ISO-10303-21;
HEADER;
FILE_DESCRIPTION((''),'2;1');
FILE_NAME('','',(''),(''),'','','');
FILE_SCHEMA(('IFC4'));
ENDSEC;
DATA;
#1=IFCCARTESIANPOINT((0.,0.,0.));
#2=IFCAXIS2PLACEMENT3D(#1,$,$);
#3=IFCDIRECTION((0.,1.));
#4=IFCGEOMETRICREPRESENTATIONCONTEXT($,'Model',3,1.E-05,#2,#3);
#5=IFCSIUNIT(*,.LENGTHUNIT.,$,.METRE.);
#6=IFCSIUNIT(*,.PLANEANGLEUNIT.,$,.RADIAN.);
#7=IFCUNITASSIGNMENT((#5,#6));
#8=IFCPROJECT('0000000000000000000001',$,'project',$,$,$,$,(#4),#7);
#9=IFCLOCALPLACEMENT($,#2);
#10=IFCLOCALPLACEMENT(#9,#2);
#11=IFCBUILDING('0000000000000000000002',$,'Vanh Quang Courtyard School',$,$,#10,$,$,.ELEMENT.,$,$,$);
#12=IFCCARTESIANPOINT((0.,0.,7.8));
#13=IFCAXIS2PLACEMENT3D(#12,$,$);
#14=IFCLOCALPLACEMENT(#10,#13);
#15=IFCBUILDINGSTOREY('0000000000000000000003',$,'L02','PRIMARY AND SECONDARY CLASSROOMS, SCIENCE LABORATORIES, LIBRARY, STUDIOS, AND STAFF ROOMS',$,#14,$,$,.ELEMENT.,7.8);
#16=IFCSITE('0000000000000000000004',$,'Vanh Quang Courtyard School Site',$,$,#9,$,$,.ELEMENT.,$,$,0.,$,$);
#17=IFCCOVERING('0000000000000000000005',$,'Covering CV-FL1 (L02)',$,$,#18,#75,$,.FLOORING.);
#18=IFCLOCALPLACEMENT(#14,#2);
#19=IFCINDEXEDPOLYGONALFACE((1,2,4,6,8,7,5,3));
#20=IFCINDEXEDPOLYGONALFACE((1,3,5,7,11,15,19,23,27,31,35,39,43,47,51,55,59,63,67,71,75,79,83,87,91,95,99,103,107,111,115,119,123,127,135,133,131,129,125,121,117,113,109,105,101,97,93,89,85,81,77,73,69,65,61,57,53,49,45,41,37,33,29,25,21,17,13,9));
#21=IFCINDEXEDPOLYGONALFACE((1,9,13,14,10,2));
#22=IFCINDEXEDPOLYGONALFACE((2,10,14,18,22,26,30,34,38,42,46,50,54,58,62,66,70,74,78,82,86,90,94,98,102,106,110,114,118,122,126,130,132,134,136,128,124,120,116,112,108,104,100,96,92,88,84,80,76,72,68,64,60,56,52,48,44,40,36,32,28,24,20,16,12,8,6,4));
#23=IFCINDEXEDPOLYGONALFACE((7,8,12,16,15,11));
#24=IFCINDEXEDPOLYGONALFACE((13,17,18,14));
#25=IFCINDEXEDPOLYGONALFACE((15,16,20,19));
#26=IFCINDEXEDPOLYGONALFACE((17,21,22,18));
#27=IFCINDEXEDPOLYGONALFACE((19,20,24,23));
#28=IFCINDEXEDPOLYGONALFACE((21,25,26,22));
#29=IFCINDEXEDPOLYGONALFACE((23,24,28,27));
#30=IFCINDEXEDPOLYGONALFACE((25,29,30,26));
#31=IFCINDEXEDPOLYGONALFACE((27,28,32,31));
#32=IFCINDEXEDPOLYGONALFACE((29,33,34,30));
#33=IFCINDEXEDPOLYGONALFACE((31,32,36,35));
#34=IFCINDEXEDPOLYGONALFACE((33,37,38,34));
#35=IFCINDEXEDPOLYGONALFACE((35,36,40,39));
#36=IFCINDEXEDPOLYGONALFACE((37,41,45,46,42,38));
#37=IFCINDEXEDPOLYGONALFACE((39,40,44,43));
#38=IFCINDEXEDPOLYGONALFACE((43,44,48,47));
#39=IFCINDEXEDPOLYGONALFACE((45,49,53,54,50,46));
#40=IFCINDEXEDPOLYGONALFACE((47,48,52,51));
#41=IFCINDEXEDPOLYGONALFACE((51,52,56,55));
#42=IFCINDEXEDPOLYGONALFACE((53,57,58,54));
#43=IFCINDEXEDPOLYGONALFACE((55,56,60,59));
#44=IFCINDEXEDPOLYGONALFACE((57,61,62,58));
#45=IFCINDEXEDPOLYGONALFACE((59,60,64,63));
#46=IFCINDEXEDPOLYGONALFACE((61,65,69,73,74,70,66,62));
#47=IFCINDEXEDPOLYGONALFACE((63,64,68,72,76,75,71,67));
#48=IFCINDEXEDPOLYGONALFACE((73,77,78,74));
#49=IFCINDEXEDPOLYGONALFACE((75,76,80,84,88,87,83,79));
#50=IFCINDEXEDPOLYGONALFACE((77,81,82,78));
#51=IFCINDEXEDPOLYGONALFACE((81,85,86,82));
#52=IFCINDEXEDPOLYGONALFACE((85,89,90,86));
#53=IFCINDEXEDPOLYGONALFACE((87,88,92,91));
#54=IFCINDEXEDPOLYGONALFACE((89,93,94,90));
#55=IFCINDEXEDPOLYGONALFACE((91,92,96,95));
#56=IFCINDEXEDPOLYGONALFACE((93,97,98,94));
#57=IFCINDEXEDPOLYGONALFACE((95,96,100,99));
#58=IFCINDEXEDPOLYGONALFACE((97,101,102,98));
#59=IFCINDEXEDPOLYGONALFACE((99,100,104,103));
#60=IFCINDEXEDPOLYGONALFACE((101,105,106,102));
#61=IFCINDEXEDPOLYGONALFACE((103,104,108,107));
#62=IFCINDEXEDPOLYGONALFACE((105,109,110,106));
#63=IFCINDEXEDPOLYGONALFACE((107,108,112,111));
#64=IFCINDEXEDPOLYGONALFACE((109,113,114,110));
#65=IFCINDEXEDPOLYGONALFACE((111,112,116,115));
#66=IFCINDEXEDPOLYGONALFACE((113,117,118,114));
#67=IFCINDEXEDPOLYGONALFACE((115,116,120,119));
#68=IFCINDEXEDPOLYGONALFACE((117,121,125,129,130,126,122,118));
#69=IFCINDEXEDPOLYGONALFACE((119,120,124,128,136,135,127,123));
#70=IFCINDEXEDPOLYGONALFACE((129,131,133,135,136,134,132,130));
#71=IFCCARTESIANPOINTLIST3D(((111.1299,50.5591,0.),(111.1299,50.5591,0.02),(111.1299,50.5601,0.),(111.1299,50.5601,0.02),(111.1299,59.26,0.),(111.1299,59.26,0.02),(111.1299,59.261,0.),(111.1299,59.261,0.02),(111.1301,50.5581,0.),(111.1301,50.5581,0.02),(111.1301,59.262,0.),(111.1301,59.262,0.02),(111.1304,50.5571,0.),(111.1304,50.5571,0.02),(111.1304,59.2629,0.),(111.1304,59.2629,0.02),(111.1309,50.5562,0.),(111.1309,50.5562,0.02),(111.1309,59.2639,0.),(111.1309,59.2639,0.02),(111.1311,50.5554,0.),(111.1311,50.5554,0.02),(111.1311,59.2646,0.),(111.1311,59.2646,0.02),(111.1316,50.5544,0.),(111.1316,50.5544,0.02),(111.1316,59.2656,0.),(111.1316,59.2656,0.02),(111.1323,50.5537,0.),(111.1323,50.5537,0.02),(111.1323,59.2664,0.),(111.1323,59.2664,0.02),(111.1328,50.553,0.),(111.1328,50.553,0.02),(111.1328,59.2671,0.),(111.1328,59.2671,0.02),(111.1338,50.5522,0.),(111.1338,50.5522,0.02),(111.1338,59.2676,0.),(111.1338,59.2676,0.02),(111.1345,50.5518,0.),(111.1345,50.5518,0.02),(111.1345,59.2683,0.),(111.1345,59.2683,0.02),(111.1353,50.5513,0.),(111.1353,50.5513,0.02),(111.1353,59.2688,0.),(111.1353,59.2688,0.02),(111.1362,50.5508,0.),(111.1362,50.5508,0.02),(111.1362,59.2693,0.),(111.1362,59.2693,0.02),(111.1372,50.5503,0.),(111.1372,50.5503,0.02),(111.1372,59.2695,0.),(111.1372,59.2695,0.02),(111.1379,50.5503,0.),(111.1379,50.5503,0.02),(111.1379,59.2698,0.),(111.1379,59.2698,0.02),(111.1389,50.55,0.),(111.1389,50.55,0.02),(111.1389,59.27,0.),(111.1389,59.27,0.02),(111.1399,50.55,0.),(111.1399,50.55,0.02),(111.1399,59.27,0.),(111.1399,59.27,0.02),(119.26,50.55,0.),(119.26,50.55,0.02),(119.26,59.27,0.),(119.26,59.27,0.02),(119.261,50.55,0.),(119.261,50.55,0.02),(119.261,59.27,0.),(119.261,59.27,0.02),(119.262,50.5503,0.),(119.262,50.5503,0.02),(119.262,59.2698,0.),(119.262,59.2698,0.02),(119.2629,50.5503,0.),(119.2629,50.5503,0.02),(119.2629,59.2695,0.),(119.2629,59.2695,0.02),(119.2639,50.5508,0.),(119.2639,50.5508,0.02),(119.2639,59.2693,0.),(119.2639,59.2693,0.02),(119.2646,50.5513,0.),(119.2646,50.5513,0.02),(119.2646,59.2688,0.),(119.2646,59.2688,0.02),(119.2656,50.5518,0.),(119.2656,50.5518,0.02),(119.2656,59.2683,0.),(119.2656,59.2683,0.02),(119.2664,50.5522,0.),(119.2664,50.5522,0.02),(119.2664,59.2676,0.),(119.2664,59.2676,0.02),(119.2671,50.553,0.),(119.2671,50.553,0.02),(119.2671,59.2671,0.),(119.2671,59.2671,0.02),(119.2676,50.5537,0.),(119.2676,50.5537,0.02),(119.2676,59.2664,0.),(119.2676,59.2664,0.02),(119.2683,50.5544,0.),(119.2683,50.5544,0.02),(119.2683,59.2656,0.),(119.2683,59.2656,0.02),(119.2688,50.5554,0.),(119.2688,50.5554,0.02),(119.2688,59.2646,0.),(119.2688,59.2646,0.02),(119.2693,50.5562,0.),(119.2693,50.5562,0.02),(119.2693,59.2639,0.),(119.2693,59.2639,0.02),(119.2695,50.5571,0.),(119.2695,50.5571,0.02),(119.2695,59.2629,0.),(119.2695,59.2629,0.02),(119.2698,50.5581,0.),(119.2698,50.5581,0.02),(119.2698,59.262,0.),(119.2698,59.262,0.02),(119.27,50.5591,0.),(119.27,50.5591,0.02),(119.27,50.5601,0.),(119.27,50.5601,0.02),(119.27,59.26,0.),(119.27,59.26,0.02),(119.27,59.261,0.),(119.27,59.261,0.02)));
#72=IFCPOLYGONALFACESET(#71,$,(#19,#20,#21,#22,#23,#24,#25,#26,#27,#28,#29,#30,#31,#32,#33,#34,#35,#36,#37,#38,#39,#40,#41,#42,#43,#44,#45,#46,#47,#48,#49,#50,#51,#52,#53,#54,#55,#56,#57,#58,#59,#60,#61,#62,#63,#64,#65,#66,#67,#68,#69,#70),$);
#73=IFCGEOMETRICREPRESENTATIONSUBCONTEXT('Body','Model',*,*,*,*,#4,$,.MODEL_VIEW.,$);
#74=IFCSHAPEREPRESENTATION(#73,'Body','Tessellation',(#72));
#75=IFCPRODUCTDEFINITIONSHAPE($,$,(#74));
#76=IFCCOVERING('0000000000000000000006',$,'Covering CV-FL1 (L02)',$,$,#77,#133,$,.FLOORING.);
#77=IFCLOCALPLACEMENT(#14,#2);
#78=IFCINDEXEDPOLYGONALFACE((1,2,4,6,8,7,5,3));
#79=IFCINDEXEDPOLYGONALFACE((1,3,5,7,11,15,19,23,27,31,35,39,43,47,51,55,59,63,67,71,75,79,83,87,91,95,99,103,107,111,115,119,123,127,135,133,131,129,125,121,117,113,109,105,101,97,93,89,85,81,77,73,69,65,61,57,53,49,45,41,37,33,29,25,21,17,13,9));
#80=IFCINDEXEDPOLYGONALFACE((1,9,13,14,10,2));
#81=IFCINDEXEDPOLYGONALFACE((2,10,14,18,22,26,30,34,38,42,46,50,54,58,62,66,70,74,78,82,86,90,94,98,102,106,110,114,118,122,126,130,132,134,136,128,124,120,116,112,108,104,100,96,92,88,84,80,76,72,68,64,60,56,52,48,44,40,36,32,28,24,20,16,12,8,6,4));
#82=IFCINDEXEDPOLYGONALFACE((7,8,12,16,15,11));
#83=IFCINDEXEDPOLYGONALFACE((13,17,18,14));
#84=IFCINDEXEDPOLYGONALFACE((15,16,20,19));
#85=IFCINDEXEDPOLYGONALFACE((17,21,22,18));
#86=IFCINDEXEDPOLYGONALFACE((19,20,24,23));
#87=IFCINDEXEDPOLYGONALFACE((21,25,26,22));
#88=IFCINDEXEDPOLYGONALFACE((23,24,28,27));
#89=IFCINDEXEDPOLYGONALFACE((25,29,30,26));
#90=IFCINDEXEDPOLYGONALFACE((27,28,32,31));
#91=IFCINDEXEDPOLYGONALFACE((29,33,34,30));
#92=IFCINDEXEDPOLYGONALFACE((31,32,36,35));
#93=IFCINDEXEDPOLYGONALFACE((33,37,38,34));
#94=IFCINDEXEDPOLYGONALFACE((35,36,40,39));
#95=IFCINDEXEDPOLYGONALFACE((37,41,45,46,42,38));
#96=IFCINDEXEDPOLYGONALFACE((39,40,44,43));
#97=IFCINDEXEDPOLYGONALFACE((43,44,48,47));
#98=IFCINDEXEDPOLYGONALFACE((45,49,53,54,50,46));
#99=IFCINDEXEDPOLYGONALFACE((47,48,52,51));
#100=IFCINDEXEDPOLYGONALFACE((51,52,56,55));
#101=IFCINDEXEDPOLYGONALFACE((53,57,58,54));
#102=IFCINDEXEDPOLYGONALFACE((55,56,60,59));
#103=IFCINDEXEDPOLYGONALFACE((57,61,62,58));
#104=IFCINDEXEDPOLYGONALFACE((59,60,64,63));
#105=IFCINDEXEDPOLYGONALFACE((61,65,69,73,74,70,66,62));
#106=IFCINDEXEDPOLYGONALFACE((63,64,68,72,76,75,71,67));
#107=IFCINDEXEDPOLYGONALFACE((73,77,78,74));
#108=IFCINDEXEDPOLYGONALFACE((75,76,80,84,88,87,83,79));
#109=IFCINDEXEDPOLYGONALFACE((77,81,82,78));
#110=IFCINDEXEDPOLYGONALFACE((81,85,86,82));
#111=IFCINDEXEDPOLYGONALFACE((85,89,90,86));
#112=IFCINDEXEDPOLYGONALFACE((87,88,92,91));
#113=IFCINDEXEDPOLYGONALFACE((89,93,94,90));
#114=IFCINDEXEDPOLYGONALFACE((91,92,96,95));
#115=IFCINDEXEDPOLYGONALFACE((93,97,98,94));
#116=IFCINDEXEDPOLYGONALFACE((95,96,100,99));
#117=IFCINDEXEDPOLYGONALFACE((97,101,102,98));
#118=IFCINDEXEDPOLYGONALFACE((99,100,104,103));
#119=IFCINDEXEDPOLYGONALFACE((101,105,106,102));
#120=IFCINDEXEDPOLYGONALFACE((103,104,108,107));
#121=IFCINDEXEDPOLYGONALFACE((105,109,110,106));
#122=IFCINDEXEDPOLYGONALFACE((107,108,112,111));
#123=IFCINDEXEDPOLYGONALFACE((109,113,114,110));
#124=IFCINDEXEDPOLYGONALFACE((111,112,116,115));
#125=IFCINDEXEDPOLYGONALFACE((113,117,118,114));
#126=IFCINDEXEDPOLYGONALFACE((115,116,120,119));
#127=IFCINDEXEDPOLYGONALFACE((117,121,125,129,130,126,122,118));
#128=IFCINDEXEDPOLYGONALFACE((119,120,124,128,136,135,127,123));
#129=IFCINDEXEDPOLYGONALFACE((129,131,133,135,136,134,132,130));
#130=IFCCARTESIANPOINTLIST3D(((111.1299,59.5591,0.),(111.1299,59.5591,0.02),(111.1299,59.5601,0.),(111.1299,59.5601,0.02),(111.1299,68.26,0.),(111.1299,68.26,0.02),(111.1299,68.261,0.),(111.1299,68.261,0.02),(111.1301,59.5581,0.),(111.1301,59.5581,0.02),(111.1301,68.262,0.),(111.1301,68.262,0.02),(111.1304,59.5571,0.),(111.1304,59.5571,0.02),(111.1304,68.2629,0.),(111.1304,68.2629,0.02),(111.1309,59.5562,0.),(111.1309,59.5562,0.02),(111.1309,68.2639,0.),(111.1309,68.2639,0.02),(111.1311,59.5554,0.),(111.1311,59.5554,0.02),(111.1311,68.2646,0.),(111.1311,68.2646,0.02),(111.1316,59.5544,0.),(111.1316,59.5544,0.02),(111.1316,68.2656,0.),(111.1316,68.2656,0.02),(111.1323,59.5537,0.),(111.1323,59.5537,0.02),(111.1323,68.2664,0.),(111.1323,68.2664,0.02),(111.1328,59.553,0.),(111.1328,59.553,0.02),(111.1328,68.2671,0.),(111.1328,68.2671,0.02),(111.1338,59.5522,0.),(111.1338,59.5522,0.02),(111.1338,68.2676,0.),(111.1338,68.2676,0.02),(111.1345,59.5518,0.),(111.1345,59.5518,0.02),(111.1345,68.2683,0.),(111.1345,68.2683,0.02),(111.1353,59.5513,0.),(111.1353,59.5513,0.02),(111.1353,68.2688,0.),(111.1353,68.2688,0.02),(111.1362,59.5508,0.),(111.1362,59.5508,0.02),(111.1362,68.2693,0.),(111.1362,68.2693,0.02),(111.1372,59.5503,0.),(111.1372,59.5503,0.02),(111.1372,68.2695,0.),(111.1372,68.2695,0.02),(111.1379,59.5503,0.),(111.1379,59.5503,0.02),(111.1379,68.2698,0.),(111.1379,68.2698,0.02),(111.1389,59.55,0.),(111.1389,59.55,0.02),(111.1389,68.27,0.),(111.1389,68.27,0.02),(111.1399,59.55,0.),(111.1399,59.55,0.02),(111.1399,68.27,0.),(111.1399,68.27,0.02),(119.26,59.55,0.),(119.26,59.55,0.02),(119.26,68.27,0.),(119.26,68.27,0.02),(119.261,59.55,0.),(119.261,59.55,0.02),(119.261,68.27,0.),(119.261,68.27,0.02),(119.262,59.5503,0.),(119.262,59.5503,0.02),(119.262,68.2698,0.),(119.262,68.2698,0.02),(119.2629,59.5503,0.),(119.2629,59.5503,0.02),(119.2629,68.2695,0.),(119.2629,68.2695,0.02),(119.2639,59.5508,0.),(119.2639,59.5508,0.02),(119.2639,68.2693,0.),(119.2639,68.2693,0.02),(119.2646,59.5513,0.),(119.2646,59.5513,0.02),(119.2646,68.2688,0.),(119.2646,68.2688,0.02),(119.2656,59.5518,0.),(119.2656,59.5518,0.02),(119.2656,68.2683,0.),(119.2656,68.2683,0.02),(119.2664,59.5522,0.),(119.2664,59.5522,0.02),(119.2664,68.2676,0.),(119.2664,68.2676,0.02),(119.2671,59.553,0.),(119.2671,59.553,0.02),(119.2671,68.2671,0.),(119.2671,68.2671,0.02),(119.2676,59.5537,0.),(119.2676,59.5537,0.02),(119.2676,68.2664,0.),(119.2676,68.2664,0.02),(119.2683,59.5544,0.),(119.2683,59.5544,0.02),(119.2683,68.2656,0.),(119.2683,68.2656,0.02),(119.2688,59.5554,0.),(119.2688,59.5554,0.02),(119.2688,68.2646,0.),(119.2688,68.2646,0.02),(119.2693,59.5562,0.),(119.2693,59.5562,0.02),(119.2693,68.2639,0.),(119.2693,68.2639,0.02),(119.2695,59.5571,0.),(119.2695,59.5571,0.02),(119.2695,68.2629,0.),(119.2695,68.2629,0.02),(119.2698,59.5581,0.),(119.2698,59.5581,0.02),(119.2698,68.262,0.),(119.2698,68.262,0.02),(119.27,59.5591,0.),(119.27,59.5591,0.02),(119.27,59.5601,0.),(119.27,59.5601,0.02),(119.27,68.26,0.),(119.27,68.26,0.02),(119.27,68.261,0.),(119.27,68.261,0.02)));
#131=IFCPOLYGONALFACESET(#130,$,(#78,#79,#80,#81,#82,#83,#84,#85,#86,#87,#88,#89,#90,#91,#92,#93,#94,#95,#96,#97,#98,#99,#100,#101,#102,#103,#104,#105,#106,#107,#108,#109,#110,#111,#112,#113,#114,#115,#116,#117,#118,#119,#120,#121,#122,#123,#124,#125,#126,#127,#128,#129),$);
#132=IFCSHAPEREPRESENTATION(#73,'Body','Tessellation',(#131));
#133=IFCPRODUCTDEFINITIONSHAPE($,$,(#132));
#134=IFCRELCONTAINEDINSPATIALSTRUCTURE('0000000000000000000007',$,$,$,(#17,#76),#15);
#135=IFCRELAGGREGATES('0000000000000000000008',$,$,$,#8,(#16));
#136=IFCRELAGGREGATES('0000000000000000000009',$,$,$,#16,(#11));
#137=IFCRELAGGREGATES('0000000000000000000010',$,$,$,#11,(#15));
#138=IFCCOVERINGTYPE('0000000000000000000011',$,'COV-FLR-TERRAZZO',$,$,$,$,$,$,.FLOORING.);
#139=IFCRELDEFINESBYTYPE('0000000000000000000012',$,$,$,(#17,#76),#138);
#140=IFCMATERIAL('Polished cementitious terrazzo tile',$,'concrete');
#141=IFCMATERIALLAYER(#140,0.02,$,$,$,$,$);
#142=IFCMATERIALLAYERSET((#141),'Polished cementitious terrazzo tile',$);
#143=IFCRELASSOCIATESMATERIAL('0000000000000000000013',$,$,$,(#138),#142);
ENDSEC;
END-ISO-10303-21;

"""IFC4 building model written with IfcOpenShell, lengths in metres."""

from ifc_helpers import new_model, si_unit, direction, frame, origin, place, context, subcontext, project, spatial, polyline, outline, extrude, material, layer, layer_set, type_object, element, save


model = new_model("IFC4")

# Units and contexts
model_context = context("Model", 3, precision=1e-05, world=origin(), true_north=direction((0.0, 1.0)))
body_context = subcontext(model_context, "Body", "Model", "MODEL_VIEW")
ifc_project = project(units=[si_unit("LENGTHUNIT", "METRE"), si_unit("PLANEANGLEUNIT", "RADIAN")], contexts=[model_context])

# Site, building, storey
site_placement = place(None, origin())
site = spatial("IfcSite", under=ifc_project, at=site_placement, Name="Vanh Quang Courtyard School Site", CompositionType="ELEMENT", RefElevation=0.0)
building_placement = place(site_placement, origin())
building = spatial("IfcBuilding", under=site, at=building_placement, Name="Vanh Quang Courtyard School", CompositionType="ELEMENT")
storey_placement = place(building_placement, frame((0.0, 0.0, 7.8)))
storey = spatial("IfcBuildingStorey", under=building, at=storey_placement, Name="L02", Description="PRIMARY AND SECONDARY CLASSROOMS, SCIENCE LABORATORIES, LIBRARY, STUDIOS, AND STAFF ROOMS", CompositionType="ELEMENT", Elevation=7.8)

# Coverings
ifc_material_1 = material(Name="Polished cementitious terrazzo tile", Category="concrete")
ifc_layer_1 = layer(ifc_material_1, 0.02)
ifc_layer_set_1 = layer_set([ifc_layer_1], Name="Polished cementitious terrazzo tile")
covering_type_1 = type_object("IfcCoveringType", Name="COV-FLR-TERRAZZO", PredefinedType="FLOORING", material=ifc_layer_set_1)
covering_1_placement = place(storey_placement, origin())
element("IfcCovering", 1, at=covering_1_placement, inside=storey, type_object=covering_type_1, Name="Covering CV-FL1 (L02)", PredefinedType="FLOORING", context=body_context, shape_type="SweptSolid", body=[
    extrude(outline(polyline([(111.1399, 50.55), (111.1389, 50.55), (111.1379, 50.5503), (111.1372, 50.5503), (111.1362, 50.5508), (111.1353, 50.5513), (111.1345, 50.5518), (111.1338, 50.5522), (111.1328, 50.553), (111.1323, 50.5537), (111.1316, 50.5544), (111.1311, 50.5554), (111.1309, 50.5562), (111.1304, 50.5571), (111.1301, 50.5581), (111.1299, 50.5591), (111.1299, 50.5601), (111.1299, 59.26), (111.1299, 59.261), (111.1301, 59.262), (111.1304, 59.2629), (111.1309, 59.2639), (111.1311, 59.2646), (111.1316, 59.2656), (111.1323, 59.2664), (111.1328, 59.2671), (111.1338, 59.2676), (111.1345, 59.2683), (111.1353, 59.2688), (111.1362, 59.2693), (111.1372, 59.2695), (111.1379, 59.2698), (111.1389, 59.27), (111.1399, 59.27), (119.26, 59.27), (119.261, 59.27), (119.262, 59.2698), (119.2629, 59.2695), (119.2639, 59.2693), (119.2646, 59.2688), (119.2656, 59.2683), (119.2664, 59.2676), (119.2671, 59.2671), (119.2676, 59.2664), (119.2683, 59.2656), (119.2688, 59.2646), (119.2693, 59.2639), (119.2695, 59.2629), (119.2698, 59.262), (119.27, 59.261), (119.27, 59.26), (119.27, 50.5601), (119.27, 50.5591), (119.2698, 50.5581), (119.2695, 50.5571), (119.2693, 50.5562), (119.2688, 50.5554), (119.2683, 50.5544), (119.2676, 50.5537), (119.2671, 50.553), (119.2664, 50.5522), (119.2656, 50.5518), (119.2646, 50.5513), (119.2639, 50.5508), (119.2629, 50.5503), (119.262, 50.5503), (119.261, 50.55), (119.26, 50.55), (111.1399, 50.55)])), origin(), (0.0, 0.0, 1.0), 0.02),
])
covering_2_placement = place(storey_placement, origin())
element("IfcCovering", 2, at=covering_2_placement, inside=storey, type_object=covering_type_1, Name="Covering CV-FL1 (L02)", PredefinedType="FLOORING", context=body_context, shape_type="SweptSolid", body=[
    extrude(outline(polyline([(111.1399, 59.55), (111.1389, 59.55), (111.1379, 59.5503), (111.1372, 59.5503), (111.1362, 59.5508), (111.1353, 59.5513), (111.1345, 59.5518), (111.1338, 59.5522), (111.1328, 59.553), (111.1323, 59.5537), (111.1316, 59.5544), (111.1311, 59.5554), (111.1309, 59.5562), (111.1304, 59.5571), (111.1301, 59.5581), (111.1299, 59.5591), (111.1299, 59.5601), (111.1299, 68.26), (111.1299, 68.261), (111.1301, 68.262), (111.1304, 68.2629), (111.1309, 68.2639), (111.1311, 68.2646), (111.1316, 68.2656), (111.1323, 68.2664), (111.1328, 68.2671), (111.1338, 68.2676), (111.1345, 68.2683), (111.1353, 68.2688), (111.1362, 68.2693), (111.1372, 68.2695), (111.1379, 68.2698), (111.1389, 68.27), (111.1399, 68.27), (119.26, 68.27), (119.261, 68.27), (119.262, 68.2698), (119.2629, 68.2695), (119.2639, 68.2693), (119.2646, 68.2688), (119.2656, 68.2683), (119.2664, 68.2676), (119.2671, 68.2671), (119.2676, 68.2664), (119.2683, 68.2656), (119.2688, 68.2646), (119.2693, 68.2639), (119.2695, 68.2629), (119.2698, 68.262), (119.27, 68.261), (119.27, 68.26), (119.27, 59.5601), (119.27, 59.5591), (119.2698, 59.5581), (119.2695, 59.5571), (119.2693, 59.5562), (119.2688, 59.5554), (119.2683, 59.5544), (119.2676, 59.5537), (119.2671, 59.553), (119.2664, 59.5522), (119.2656, 59.5518), (119.2646, 59.5513), (119.2639, 59.5508), (119.2629, 59.5503), (119.262, 59.5503), (119.261, 59.55), (119.26, 59.55), (111.1399, 59.55)])), origin(), (0.0, 0.0, 1.0), 0.02),
])

save(model, "model.ifc")
